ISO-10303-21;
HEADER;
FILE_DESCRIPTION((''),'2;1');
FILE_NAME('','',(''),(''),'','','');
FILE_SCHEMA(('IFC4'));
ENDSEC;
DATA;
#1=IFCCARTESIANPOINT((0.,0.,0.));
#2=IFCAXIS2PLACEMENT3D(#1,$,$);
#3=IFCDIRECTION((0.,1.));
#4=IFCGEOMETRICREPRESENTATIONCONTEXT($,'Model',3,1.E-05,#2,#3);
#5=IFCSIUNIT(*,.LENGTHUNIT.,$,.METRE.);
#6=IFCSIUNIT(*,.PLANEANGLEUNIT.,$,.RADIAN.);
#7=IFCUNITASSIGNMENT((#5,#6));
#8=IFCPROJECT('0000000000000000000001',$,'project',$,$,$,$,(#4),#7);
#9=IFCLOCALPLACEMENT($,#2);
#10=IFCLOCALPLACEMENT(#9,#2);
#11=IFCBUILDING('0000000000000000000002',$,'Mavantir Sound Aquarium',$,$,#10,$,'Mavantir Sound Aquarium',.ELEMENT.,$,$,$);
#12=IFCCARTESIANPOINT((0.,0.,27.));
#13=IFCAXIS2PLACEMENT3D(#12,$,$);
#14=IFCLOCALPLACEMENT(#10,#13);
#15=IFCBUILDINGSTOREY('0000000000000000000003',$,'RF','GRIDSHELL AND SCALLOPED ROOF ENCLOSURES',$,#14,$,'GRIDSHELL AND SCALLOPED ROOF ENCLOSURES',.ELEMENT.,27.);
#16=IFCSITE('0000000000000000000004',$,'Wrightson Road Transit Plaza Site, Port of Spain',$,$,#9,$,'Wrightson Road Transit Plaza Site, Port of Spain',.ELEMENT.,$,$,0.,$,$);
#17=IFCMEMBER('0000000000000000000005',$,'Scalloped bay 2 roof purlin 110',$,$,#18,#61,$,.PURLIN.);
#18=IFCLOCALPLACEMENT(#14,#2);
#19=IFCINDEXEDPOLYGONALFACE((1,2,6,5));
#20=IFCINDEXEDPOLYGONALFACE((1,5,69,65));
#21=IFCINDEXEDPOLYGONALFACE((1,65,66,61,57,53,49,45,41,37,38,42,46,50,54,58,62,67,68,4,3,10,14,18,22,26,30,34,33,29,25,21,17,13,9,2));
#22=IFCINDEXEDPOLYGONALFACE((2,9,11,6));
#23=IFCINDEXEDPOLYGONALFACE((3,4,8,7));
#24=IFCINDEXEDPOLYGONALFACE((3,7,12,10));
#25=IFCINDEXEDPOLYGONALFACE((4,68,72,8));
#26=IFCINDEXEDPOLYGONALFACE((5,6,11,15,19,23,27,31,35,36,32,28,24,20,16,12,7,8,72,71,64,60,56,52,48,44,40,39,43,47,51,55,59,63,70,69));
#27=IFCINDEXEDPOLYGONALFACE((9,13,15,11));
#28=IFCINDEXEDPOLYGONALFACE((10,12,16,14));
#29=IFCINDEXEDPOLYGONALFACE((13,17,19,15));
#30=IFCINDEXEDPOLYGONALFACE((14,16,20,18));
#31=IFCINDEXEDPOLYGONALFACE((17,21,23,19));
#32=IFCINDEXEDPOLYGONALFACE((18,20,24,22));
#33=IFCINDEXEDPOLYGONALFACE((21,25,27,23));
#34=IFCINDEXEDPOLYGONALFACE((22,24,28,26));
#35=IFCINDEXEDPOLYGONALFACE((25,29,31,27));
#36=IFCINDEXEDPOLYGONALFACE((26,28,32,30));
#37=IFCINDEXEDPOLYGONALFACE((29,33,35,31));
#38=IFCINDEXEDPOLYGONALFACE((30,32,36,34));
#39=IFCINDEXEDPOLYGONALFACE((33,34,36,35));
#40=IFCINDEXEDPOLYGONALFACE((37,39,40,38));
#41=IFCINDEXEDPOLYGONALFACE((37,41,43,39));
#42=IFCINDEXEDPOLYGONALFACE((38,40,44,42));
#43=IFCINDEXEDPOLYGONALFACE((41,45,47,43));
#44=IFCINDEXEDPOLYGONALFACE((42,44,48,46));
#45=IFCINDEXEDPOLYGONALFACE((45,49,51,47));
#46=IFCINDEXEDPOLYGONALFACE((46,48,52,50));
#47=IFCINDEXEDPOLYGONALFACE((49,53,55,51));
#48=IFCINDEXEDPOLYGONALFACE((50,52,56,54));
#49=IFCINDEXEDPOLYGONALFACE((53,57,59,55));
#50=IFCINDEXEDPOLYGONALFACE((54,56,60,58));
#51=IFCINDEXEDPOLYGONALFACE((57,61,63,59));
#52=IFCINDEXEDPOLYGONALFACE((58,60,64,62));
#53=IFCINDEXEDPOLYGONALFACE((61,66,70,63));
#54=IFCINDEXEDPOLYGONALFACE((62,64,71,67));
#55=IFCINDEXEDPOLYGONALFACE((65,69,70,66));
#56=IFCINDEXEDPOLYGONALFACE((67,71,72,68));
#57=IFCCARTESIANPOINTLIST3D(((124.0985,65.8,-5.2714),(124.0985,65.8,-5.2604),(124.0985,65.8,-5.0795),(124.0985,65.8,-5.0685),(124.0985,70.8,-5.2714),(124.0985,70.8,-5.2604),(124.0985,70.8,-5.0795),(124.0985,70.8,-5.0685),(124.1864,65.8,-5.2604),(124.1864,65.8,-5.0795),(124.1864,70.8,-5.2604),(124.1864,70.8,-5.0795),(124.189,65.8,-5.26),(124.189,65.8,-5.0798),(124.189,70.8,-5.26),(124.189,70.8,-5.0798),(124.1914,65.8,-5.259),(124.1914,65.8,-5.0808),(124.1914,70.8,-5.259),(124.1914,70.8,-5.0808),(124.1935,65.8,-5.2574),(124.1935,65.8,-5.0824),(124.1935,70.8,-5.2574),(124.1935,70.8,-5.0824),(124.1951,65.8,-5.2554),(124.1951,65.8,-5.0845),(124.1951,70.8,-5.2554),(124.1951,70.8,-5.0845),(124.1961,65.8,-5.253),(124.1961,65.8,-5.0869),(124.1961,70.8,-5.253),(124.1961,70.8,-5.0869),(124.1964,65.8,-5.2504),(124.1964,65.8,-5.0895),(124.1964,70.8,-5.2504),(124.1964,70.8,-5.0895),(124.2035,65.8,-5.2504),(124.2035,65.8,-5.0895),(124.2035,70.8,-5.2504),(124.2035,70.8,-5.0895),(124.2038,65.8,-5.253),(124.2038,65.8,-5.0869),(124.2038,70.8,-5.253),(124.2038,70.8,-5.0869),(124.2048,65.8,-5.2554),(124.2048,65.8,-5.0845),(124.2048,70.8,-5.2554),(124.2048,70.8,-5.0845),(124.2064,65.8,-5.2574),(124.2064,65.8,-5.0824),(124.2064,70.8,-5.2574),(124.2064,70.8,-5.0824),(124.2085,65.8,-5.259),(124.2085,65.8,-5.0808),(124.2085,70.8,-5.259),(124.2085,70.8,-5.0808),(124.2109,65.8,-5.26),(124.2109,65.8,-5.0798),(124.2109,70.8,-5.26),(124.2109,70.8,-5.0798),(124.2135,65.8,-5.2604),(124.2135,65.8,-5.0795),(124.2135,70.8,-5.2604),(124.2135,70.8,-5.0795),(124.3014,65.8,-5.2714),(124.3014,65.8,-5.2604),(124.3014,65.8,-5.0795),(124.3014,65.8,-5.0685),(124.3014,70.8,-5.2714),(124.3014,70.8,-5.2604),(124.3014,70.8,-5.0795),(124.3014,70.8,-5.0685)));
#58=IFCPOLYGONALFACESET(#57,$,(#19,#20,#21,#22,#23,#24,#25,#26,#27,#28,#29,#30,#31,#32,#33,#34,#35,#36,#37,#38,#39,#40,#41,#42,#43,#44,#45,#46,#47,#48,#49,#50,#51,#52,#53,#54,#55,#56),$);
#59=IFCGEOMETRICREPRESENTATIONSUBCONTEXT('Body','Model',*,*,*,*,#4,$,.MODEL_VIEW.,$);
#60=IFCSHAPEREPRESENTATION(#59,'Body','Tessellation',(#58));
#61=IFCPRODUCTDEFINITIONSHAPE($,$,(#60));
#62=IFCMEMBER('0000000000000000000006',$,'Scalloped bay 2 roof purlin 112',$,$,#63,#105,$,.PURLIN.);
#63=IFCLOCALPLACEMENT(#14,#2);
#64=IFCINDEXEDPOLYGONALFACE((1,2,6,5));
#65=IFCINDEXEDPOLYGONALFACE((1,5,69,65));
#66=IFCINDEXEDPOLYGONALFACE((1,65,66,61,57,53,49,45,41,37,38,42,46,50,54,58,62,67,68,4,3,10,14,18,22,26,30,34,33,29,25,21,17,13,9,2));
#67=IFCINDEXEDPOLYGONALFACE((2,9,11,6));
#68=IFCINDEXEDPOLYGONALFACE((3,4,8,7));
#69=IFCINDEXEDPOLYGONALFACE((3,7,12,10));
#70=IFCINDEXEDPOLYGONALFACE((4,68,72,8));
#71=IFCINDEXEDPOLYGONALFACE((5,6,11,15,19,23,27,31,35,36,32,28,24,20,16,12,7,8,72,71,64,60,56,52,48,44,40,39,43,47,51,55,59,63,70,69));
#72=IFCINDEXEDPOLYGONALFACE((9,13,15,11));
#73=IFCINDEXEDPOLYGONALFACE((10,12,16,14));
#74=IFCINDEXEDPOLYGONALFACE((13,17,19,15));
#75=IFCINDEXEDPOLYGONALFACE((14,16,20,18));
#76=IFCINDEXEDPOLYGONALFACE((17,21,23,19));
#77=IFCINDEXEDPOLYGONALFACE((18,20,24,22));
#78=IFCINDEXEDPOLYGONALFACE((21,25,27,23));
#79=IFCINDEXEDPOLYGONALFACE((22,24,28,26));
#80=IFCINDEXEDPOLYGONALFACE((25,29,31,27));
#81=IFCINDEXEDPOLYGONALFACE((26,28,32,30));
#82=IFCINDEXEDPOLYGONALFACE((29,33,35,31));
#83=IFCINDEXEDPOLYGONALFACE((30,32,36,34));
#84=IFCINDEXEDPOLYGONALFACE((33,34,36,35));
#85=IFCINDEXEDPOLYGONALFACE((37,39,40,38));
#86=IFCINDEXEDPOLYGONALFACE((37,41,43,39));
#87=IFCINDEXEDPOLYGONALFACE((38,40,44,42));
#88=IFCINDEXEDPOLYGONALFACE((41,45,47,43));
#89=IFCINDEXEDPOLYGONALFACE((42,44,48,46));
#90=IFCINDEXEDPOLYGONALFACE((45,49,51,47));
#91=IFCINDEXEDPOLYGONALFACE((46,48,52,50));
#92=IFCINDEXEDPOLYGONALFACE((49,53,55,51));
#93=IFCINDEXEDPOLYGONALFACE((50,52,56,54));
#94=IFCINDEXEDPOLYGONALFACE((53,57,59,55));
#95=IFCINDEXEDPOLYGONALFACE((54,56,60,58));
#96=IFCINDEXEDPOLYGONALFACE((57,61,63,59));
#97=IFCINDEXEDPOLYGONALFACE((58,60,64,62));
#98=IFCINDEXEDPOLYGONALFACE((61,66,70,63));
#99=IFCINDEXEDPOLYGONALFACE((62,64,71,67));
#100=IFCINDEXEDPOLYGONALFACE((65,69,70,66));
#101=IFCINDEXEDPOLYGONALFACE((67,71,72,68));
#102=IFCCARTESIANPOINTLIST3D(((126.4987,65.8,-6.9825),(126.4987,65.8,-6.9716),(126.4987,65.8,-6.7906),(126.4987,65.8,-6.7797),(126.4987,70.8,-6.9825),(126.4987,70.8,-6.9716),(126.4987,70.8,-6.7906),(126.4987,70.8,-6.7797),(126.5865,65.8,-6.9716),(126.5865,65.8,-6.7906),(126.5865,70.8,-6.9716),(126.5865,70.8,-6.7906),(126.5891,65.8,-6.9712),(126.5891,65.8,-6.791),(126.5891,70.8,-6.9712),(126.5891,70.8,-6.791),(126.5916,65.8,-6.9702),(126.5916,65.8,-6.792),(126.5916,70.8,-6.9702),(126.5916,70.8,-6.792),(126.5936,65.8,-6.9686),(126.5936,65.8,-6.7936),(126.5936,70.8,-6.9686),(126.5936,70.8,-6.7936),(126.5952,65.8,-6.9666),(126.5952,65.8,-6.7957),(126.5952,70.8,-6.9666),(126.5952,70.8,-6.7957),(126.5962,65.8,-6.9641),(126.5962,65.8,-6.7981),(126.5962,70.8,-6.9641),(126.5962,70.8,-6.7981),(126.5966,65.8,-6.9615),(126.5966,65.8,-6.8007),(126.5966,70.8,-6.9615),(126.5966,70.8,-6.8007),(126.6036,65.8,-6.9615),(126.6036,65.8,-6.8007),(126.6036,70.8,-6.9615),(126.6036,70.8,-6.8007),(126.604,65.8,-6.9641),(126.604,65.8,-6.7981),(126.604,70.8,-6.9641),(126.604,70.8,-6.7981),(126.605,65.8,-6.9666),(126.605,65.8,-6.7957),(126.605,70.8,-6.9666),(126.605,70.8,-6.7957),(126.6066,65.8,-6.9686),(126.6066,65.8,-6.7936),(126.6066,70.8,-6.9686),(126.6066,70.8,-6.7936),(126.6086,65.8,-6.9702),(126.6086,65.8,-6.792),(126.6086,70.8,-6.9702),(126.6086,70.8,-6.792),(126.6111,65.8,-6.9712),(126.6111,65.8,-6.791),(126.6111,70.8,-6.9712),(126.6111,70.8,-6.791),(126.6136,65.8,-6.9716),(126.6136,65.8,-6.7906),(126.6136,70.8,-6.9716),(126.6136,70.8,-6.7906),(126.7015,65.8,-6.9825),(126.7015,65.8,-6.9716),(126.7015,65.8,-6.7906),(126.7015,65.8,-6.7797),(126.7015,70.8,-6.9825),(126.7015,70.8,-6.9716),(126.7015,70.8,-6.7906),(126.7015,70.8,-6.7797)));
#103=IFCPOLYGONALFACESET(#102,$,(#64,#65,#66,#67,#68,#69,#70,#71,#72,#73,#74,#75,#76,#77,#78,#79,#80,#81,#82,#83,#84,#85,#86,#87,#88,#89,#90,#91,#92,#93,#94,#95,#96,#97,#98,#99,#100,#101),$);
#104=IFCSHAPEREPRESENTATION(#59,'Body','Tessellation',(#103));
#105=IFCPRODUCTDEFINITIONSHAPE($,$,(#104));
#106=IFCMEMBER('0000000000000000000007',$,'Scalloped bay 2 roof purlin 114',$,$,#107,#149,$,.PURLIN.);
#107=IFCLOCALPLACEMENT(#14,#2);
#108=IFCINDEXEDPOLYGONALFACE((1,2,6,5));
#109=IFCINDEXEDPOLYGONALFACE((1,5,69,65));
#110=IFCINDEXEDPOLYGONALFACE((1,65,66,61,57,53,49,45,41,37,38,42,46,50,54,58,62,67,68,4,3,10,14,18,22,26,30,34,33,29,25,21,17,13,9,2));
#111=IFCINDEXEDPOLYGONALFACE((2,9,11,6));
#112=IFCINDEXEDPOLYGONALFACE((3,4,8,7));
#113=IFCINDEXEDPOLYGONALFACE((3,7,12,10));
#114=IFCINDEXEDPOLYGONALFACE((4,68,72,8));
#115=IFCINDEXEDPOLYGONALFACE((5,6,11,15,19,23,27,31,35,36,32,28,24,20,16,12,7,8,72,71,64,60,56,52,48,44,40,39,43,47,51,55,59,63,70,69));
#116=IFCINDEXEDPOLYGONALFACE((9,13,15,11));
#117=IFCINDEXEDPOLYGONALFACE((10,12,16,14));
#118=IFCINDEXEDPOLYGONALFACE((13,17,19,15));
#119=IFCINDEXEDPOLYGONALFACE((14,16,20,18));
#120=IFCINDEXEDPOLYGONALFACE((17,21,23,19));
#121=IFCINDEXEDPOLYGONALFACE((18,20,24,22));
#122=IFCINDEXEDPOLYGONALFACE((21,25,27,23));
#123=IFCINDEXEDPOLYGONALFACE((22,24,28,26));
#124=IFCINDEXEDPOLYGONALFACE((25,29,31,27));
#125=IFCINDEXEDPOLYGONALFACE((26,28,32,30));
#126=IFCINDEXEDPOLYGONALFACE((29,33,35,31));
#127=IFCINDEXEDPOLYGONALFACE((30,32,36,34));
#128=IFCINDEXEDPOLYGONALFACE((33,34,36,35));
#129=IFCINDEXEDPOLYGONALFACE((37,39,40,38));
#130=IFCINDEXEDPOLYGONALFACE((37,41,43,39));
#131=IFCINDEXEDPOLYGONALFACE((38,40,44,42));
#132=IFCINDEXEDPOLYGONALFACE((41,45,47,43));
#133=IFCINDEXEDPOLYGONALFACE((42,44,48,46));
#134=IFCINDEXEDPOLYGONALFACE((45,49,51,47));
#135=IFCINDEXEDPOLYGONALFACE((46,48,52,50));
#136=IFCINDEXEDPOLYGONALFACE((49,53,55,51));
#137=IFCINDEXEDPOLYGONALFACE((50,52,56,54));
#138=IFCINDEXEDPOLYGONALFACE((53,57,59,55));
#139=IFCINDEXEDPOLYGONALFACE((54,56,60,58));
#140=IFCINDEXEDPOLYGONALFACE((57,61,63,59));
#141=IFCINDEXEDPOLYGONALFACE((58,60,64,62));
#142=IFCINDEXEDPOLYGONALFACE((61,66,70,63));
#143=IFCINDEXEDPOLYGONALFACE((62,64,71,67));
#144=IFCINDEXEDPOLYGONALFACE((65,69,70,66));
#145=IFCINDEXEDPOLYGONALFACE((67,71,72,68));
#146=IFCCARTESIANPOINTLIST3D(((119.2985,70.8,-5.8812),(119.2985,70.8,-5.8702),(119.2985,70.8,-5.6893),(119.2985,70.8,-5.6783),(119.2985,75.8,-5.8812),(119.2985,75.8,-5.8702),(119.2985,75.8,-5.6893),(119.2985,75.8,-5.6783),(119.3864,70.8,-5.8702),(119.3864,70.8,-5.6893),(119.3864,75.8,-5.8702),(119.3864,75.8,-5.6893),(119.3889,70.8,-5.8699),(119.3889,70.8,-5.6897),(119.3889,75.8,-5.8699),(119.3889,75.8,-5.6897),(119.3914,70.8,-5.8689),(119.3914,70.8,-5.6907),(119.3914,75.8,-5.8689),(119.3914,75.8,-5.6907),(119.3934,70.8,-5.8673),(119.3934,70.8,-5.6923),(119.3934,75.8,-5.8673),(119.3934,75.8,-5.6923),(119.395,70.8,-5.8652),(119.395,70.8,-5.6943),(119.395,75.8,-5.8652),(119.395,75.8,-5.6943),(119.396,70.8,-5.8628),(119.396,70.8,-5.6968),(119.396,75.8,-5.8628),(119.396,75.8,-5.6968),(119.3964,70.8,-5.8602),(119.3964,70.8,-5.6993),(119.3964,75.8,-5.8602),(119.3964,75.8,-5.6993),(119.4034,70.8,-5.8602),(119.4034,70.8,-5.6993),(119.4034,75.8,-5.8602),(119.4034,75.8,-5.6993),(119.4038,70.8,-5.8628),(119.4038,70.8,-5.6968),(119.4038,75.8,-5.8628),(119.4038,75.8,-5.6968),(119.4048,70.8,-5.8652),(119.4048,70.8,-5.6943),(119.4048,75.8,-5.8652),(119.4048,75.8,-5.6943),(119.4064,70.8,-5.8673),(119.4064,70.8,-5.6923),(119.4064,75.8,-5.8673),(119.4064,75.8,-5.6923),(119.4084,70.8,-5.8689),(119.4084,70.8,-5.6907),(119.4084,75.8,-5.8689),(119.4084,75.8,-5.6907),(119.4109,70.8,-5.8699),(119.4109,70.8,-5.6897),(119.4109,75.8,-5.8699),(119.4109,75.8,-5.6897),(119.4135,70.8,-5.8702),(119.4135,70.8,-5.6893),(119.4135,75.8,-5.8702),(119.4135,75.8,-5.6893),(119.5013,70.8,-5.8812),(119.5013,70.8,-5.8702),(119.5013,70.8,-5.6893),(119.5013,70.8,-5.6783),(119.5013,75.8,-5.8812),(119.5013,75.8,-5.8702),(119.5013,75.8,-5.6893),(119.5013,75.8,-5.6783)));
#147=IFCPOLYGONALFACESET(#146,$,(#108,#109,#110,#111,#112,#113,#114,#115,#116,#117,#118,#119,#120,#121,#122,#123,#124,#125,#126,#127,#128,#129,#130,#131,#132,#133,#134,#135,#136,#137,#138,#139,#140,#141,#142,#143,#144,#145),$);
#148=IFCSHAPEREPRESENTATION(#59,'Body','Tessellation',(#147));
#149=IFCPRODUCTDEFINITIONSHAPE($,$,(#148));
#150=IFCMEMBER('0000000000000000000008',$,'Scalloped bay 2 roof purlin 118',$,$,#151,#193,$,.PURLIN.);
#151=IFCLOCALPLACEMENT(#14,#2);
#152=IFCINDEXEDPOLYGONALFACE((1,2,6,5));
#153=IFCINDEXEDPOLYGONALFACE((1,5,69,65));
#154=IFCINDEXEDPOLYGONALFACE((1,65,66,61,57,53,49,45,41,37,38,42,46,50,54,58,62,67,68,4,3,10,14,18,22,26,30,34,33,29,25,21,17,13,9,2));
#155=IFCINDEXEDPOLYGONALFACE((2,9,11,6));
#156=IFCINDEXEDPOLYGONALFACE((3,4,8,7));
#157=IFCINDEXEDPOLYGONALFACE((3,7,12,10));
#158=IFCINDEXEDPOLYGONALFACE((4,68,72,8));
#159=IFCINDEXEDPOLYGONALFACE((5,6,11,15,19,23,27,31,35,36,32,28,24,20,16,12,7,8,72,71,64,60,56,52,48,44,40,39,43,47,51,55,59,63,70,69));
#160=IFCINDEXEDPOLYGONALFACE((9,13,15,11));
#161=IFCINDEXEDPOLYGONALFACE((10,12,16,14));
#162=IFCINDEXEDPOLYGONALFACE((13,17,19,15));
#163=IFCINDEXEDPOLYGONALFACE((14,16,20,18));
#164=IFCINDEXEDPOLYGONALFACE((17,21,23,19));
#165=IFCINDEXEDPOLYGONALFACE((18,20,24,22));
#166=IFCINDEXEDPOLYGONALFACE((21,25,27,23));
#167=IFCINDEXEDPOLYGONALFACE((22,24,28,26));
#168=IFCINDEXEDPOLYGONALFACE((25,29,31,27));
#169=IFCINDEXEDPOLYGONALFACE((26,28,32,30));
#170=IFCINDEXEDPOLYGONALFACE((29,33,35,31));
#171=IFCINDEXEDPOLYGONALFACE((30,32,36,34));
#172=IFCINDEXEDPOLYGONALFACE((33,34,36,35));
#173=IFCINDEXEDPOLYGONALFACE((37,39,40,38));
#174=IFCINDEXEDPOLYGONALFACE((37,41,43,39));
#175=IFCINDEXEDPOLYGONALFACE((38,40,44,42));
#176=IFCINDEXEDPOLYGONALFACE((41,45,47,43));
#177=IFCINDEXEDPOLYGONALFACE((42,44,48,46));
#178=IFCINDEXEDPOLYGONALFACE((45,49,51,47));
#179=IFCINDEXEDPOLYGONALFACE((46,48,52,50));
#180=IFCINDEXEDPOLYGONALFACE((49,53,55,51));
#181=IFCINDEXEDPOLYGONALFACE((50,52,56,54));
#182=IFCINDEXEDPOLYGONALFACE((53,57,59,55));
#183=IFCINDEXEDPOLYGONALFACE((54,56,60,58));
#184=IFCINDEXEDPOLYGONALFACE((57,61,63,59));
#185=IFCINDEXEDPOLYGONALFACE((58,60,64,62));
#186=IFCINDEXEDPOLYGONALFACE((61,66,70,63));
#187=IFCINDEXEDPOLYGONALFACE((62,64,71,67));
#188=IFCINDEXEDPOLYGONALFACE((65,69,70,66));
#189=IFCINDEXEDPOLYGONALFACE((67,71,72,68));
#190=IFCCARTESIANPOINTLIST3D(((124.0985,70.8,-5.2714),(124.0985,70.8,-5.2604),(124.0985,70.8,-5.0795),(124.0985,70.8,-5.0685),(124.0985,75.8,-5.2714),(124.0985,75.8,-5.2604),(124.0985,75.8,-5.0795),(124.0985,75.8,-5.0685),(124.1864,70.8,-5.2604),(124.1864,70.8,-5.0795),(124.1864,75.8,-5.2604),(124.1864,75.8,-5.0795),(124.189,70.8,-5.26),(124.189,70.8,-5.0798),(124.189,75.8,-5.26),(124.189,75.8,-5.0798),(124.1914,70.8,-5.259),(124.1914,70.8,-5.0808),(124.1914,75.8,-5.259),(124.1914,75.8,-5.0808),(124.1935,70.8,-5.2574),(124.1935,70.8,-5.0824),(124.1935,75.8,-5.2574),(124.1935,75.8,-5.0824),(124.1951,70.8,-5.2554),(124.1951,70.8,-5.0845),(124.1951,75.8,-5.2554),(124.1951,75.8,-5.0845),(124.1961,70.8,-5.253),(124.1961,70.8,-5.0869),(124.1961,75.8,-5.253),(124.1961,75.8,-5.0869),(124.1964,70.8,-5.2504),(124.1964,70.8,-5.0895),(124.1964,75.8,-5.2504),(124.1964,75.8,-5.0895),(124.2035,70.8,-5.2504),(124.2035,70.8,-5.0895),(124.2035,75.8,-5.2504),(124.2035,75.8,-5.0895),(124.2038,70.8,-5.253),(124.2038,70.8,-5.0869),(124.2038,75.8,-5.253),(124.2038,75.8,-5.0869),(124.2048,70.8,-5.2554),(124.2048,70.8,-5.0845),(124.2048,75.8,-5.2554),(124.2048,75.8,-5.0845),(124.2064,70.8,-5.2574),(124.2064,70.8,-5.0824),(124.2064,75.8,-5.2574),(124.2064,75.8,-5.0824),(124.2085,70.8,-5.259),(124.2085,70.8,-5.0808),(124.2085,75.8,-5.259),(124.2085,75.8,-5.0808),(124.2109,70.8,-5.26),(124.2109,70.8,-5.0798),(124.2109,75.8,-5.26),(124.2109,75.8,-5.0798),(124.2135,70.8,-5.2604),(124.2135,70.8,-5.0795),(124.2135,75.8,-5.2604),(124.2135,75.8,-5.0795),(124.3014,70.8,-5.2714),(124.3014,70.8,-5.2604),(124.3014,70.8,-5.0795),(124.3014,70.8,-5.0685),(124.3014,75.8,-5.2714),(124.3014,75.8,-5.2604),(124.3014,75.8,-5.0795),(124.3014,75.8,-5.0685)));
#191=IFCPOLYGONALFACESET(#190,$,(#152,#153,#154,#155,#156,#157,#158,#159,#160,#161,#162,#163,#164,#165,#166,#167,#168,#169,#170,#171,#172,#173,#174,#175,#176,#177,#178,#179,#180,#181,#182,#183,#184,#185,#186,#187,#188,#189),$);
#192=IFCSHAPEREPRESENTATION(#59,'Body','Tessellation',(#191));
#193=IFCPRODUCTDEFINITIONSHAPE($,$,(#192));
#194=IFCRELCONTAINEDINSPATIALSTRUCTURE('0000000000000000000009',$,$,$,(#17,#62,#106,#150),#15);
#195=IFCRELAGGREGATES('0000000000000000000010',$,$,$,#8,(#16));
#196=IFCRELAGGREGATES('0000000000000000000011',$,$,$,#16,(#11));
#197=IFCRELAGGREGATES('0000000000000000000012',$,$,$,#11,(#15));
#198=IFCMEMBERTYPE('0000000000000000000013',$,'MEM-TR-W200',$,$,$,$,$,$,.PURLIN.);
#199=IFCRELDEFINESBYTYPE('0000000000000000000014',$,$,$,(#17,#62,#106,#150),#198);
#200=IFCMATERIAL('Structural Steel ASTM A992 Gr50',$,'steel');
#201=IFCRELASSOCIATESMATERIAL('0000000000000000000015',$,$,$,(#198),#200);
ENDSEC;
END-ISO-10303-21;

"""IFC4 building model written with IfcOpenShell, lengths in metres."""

from ifc_helpers import new_model, si_unit, direction, frame, origin, origin_2d, place, context, subcontext, project, spatial, i_section, extrude, material, material_profile, profile_set, type_object, element, save


model = new_model("IFC4")

# Units and contexts
model_context = context("Model", 3, precision=1e-05, world=origin(), true_north=direction((0.0, 1.0)))
body_context = subcontext(model_context, "Body", "Model", "MODEL_VIEW")
ifc_project = project(units=[si_unit("LENGTHUNIT", "METRE"), si_unit("PLANEANGLEUNIT", "RADIAN")], contexts=[model_context])

# Site, building, storey
site_placement = place(None, origin())
site = spatial("IfcSite", under=ifc_project, at=site_placement, Name="Wrightson Road Transit Plaza Site, Port of Spain", LongName="Wrightson Road Transit Plaza Site, Port of Spain", CompositionType="ELEMENT", RefElevation=0.0)
building_placement = place(site_placement, origin())
building = spatial("IfcBuilding", under=site, at=building_placement, Name="Mavantir Sound Aquarium", LongName="Mavantir Sound Aquarium", CompositionType="ELEMENT")
storey_placement = place(building_placement, frame((0.0, 0.0, 27.0)))
storey = spatial("IfcBuildingStorey", under=building, at=storey_placement, Name="RF", Description="GRIDSHELL AND SCALLOPED ROOF ENCLOSURES", LongName="GRIDSHELL AND SCALLOPED ROOF ENCLOSURES", CompositionType="ELEMENT", Elevation=27.0)

# Members
ifc_material_1 = material(Name="Structural Steel ASTM A992 Gr50", Category="steel")
ifc_material_profile_1 = material_profile(ifc_material_1, i_section(OverallWidth=0.2029, OverallDepth=0.2029, WebThickness=0.0071, FlangeThickness=0.011, FilletRadius=0.01, at=origin_2d()), Name="W200X46")
ifc_profile_set_1 = profile_set([ifc_material_profile_1], Name="Structural Steel ASTM A992 Gr50")
member_type_1 = type_object("IfcMemberType", Name="MEM-TR-W200", PredefinedType="PURLIN", material=ifc_profile_set_1)
for number, where, z_axis, x_axis, name in (
    (1, (124.2, 65.8, -5.1699), (0.0, 1.0, 0.0), (-1.0, 0.0, 0.0), "Scalloped bay 2 roof purlin 110"),
    (2, (126.6001, 65.8, -6.8811), (0.0, 1.0, 0.0), (-1.0, 0.0, 0.0), "Scalloped bay 2 roof purlin 112"),
    (3, (119.3999, 70.8, -5.7798), (0.0, 1.0, 0.0), (-1.0, 0.0, 0.0), "Scalloped bay 2 roof purlin 114"),
    (4, (124.2, 70.8, -5.1699), (0.0, 1.0, 0.0), (-1.0, 0.0, 0.0), "Scalloped bay 2 roof purlin 118"),
):
    element("IfcMember", number, at=place(storey_placement, frame(where, z_axis=z_axis, x_axis=x_axis)), inside=storey, type_object=member_type_1, Name=name, PredefinedType="PURLIN", context=body_context, shape_type="SweptSolid", body=[
        extrude(i_section(OverallWidth=0.2029, OverallDepth=0.2029, WebThickness=0.0071, FlangeThickness=0.011, FilletRadius=0.01, at=origin_2d()), origin(), (0.0, 0.0, 1.0), 5.0),
    ])

save(model, "model.ifc")
